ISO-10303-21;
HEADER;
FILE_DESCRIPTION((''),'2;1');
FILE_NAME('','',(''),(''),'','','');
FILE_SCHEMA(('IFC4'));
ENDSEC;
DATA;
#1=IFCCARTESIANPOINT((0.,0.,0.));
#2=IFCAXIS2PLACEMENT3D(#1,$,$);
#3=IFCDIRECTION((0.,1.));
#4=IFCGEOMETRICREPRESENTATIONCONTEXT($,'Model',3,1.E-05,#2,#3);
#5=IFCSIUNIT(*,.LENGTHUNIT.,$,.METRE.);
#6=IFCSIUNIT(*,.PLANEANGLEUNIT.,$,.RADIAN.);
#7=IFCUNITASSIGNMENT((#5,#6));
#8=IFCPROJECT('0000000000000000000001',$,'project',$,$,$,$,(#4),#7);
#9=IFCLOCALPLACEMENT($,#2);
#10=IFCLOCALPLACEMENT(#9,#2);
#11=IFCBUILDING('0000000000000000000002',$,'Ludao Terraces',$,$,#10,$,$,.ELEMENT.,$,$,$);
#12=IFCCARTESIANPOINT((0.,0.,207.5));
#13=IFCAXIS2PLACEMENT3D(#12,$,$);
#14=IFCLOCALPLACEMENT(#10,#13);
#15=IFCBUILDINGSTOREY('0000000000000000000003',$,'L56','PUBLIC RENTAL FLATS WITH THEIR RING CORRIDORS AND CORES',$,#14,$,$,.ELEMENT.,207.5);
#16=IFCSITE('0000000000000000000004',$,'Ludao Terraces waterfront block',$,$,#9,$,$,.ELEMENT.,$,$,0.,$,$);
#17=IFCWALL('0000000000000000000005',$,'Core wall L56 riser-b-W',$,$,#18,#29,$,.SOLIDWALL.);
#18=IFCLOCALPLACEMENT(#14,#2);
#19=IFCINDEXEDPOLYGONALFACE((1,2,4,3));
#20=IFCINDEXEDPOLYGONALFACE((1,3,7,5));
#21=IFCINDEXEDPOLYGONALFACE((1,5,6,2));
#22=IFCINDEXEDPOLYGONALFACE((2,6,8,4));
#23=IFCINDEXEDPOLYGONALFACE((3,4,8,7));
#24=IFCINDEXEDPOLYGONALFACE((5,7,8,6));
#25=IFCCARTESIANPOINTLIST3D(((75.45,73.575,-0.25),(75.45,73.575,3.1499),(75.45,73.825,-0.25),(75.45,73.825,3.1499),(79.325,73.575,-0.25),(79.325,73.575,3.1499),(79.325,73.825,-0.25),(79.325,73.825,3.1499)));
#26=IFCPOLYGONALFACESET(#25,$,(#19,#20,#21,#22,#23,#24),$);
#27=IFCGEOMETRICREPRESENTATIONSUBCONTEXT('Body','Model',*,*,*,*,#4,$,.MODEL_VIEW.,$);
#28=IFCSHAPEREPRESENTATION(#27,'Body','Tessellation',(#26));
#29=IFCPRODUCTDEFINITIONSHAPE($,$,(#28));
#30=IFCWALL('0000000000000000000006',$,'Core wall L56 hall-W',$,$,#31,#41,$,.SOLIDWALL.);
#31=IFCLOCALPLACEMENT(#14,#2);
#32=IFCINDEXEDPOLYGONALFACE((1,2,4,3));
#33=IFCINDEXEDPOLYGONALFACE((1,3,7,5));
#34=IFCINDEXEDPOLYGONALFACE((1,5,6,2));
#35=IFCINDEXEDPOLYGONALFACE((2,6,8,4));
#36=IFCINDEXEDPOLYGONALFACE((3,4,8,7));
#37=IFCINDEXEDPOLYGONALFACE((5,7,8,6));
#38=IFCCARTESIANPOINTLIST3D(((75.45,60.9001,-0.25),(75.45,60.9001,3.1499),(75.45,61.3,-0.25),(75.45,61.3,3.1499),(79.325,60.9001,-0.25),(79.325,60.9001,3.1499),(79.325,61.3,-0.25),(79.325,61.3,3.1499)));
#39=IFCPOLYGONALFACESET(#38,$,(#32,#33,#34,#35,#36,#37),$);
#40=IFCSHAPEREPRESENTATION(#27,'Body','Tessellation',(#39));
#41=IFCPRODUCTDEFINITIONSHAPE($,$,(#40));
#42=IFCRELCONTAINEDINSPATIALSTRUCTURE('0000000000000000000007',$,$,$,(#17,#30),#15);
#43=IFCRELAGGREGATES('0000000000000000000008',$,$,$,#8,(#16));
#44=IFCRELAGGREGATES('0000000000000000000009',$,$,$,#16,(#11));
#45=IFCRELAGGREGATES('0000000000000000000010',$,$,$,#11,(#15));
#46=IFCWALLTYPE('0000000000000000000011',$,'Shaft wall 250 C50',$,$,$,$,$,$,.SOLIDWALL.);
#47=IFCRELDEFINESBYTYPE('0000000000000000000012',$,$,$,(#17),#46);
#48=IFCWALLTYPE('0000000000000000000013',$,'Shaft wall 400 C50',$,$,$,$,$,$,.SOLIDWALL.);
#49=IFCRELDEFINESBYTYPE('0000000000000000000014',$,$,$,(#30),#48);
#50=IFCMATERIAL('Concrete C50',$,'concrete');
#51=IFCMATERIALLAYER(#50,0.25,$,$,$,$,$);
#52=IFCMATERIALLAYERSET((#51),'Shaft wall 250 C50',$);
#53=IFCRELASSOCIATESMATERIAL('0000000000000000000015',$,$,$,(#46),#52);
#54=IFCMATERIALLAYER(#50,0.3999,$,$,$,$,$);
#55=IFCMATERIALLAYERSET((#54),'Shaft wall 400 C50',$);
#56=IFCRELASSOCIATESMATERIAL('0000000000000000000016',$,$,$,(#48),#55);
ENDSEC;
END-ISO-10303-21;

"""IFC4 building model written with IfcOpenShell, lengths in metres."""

from ifc_helpers import new_model, si_unit, direction, frame, frame_2d, origin, place, context, subcontext, project, spatial, rectangle, extrude, material, layer, layer_set, type_object, element, save


model = new_model("IFC4")

# Units and contexts
model_context = context("Model", 3, precision=1e-05, world=origin(), true_north=direction((0.0, 1.0)))
body_context = subcontext(model_context, "Body", "Model", "MODEL_VIEW")
ifc_project = project(units=[si_unit("LENGTHUNIT", "METRE"), si_unit("PLANEANGLEUNIT", "RADIAN")], contexts=[model_context])

# Site, building, storey
site_placement = place(None, origin())
site = spatial("IfcSite", under=ifc_project, at=site_placement, Name="Ludao Terraces waterfront block", CompositionType="ELEMENT", RefElevation=0.0)
building_placement = place(site_placement, origin())
building = spatial("IfcBuilding", under=site, at=building_placement, Name="Ludao Terraces", CompositionType="ELEMENT")
storey_placement = place(building_placement, frame((0.0, 0.0, 207.5)))
storey = spatial("IfcBuildingStorey", under=building, at=storey_placement, Name="L56", Description="PUBLIC RENTAL FLATS WITH THEIR RING CORRIDORS AND CORES", CompositionType="ELEMENT", Elevation=207.5)

# Shared definitions
ifc_material_1 = material(Name="Concrete C50", Category="concrete")
ifc_layer_1 = layer(ifc_material_1, 0.25)
ifc_layer_set_1 = layer_set([ifc_layer_1], Name="Shaft wall 250 C50")
wall_type_1 = type_object("IfcWallType", Name="Shaft wall 250 C50", PredefinedType="SOLIDWALL", material=ifc_layer_set_1)

# Walls
for number, where, z_axis, x_axis, name in (
    (1, (75.45, 73.7, -0.25), (0.0, 0.0, 1.0), (1.0, 0.0, 0.0), "Core wall L56 riser-b-W"),
):
    element("IfcWall", number, at=place(storey_placement, frame(where, z_axis=z_axis, x_axis=x_axis)), inside=storey, type_object=wall_type_1, Name=name, PredefinedType="SOLIDWALL", context=body_context, shape_type="SweptSolid", body=[
        extrude(rectangle(XDim=3.875, YDim=0.25, at=frame_2d((1.9375, 0.0))), origin(), (0.0, 0.0, 1.0), 3.3999),
    ])
ifc_layer_2 = layer(ifc_material_1, 0.3999)
ifc_layer_set_2 = layer_set([ifc_layer_2], Name="Shaft wall 400 C50")
wall_type_2 = type_object("IfcWallType", Name="Shaft wall 400 C50", PredefinedType="SOLIDWALL", material=ifc_layer_set_2)
wall_1_placement = place(storey_placement, frame((75.45, 61.1001, -0.25), z_axis=(0.0, 0.0, 1.0), x_axis=(1.0, 0.0, 0.0)))
element("IfcWall", 2, at=wall_1_placement, inside=storey, type_object=wall_type_2, Name="Core wall L56 hall-W", PredefinedType="SOLIDWALL", context=body_context, shape_type="SweptSolid", body=[
    extrude(rectangle(XDim=3.875, YDim=0.3999, at=frame_2d((1.9375, 0.0))), origin(), (0.0, 0.0, 1.0), 3.3999),
])

save(model, "model.ifc")
